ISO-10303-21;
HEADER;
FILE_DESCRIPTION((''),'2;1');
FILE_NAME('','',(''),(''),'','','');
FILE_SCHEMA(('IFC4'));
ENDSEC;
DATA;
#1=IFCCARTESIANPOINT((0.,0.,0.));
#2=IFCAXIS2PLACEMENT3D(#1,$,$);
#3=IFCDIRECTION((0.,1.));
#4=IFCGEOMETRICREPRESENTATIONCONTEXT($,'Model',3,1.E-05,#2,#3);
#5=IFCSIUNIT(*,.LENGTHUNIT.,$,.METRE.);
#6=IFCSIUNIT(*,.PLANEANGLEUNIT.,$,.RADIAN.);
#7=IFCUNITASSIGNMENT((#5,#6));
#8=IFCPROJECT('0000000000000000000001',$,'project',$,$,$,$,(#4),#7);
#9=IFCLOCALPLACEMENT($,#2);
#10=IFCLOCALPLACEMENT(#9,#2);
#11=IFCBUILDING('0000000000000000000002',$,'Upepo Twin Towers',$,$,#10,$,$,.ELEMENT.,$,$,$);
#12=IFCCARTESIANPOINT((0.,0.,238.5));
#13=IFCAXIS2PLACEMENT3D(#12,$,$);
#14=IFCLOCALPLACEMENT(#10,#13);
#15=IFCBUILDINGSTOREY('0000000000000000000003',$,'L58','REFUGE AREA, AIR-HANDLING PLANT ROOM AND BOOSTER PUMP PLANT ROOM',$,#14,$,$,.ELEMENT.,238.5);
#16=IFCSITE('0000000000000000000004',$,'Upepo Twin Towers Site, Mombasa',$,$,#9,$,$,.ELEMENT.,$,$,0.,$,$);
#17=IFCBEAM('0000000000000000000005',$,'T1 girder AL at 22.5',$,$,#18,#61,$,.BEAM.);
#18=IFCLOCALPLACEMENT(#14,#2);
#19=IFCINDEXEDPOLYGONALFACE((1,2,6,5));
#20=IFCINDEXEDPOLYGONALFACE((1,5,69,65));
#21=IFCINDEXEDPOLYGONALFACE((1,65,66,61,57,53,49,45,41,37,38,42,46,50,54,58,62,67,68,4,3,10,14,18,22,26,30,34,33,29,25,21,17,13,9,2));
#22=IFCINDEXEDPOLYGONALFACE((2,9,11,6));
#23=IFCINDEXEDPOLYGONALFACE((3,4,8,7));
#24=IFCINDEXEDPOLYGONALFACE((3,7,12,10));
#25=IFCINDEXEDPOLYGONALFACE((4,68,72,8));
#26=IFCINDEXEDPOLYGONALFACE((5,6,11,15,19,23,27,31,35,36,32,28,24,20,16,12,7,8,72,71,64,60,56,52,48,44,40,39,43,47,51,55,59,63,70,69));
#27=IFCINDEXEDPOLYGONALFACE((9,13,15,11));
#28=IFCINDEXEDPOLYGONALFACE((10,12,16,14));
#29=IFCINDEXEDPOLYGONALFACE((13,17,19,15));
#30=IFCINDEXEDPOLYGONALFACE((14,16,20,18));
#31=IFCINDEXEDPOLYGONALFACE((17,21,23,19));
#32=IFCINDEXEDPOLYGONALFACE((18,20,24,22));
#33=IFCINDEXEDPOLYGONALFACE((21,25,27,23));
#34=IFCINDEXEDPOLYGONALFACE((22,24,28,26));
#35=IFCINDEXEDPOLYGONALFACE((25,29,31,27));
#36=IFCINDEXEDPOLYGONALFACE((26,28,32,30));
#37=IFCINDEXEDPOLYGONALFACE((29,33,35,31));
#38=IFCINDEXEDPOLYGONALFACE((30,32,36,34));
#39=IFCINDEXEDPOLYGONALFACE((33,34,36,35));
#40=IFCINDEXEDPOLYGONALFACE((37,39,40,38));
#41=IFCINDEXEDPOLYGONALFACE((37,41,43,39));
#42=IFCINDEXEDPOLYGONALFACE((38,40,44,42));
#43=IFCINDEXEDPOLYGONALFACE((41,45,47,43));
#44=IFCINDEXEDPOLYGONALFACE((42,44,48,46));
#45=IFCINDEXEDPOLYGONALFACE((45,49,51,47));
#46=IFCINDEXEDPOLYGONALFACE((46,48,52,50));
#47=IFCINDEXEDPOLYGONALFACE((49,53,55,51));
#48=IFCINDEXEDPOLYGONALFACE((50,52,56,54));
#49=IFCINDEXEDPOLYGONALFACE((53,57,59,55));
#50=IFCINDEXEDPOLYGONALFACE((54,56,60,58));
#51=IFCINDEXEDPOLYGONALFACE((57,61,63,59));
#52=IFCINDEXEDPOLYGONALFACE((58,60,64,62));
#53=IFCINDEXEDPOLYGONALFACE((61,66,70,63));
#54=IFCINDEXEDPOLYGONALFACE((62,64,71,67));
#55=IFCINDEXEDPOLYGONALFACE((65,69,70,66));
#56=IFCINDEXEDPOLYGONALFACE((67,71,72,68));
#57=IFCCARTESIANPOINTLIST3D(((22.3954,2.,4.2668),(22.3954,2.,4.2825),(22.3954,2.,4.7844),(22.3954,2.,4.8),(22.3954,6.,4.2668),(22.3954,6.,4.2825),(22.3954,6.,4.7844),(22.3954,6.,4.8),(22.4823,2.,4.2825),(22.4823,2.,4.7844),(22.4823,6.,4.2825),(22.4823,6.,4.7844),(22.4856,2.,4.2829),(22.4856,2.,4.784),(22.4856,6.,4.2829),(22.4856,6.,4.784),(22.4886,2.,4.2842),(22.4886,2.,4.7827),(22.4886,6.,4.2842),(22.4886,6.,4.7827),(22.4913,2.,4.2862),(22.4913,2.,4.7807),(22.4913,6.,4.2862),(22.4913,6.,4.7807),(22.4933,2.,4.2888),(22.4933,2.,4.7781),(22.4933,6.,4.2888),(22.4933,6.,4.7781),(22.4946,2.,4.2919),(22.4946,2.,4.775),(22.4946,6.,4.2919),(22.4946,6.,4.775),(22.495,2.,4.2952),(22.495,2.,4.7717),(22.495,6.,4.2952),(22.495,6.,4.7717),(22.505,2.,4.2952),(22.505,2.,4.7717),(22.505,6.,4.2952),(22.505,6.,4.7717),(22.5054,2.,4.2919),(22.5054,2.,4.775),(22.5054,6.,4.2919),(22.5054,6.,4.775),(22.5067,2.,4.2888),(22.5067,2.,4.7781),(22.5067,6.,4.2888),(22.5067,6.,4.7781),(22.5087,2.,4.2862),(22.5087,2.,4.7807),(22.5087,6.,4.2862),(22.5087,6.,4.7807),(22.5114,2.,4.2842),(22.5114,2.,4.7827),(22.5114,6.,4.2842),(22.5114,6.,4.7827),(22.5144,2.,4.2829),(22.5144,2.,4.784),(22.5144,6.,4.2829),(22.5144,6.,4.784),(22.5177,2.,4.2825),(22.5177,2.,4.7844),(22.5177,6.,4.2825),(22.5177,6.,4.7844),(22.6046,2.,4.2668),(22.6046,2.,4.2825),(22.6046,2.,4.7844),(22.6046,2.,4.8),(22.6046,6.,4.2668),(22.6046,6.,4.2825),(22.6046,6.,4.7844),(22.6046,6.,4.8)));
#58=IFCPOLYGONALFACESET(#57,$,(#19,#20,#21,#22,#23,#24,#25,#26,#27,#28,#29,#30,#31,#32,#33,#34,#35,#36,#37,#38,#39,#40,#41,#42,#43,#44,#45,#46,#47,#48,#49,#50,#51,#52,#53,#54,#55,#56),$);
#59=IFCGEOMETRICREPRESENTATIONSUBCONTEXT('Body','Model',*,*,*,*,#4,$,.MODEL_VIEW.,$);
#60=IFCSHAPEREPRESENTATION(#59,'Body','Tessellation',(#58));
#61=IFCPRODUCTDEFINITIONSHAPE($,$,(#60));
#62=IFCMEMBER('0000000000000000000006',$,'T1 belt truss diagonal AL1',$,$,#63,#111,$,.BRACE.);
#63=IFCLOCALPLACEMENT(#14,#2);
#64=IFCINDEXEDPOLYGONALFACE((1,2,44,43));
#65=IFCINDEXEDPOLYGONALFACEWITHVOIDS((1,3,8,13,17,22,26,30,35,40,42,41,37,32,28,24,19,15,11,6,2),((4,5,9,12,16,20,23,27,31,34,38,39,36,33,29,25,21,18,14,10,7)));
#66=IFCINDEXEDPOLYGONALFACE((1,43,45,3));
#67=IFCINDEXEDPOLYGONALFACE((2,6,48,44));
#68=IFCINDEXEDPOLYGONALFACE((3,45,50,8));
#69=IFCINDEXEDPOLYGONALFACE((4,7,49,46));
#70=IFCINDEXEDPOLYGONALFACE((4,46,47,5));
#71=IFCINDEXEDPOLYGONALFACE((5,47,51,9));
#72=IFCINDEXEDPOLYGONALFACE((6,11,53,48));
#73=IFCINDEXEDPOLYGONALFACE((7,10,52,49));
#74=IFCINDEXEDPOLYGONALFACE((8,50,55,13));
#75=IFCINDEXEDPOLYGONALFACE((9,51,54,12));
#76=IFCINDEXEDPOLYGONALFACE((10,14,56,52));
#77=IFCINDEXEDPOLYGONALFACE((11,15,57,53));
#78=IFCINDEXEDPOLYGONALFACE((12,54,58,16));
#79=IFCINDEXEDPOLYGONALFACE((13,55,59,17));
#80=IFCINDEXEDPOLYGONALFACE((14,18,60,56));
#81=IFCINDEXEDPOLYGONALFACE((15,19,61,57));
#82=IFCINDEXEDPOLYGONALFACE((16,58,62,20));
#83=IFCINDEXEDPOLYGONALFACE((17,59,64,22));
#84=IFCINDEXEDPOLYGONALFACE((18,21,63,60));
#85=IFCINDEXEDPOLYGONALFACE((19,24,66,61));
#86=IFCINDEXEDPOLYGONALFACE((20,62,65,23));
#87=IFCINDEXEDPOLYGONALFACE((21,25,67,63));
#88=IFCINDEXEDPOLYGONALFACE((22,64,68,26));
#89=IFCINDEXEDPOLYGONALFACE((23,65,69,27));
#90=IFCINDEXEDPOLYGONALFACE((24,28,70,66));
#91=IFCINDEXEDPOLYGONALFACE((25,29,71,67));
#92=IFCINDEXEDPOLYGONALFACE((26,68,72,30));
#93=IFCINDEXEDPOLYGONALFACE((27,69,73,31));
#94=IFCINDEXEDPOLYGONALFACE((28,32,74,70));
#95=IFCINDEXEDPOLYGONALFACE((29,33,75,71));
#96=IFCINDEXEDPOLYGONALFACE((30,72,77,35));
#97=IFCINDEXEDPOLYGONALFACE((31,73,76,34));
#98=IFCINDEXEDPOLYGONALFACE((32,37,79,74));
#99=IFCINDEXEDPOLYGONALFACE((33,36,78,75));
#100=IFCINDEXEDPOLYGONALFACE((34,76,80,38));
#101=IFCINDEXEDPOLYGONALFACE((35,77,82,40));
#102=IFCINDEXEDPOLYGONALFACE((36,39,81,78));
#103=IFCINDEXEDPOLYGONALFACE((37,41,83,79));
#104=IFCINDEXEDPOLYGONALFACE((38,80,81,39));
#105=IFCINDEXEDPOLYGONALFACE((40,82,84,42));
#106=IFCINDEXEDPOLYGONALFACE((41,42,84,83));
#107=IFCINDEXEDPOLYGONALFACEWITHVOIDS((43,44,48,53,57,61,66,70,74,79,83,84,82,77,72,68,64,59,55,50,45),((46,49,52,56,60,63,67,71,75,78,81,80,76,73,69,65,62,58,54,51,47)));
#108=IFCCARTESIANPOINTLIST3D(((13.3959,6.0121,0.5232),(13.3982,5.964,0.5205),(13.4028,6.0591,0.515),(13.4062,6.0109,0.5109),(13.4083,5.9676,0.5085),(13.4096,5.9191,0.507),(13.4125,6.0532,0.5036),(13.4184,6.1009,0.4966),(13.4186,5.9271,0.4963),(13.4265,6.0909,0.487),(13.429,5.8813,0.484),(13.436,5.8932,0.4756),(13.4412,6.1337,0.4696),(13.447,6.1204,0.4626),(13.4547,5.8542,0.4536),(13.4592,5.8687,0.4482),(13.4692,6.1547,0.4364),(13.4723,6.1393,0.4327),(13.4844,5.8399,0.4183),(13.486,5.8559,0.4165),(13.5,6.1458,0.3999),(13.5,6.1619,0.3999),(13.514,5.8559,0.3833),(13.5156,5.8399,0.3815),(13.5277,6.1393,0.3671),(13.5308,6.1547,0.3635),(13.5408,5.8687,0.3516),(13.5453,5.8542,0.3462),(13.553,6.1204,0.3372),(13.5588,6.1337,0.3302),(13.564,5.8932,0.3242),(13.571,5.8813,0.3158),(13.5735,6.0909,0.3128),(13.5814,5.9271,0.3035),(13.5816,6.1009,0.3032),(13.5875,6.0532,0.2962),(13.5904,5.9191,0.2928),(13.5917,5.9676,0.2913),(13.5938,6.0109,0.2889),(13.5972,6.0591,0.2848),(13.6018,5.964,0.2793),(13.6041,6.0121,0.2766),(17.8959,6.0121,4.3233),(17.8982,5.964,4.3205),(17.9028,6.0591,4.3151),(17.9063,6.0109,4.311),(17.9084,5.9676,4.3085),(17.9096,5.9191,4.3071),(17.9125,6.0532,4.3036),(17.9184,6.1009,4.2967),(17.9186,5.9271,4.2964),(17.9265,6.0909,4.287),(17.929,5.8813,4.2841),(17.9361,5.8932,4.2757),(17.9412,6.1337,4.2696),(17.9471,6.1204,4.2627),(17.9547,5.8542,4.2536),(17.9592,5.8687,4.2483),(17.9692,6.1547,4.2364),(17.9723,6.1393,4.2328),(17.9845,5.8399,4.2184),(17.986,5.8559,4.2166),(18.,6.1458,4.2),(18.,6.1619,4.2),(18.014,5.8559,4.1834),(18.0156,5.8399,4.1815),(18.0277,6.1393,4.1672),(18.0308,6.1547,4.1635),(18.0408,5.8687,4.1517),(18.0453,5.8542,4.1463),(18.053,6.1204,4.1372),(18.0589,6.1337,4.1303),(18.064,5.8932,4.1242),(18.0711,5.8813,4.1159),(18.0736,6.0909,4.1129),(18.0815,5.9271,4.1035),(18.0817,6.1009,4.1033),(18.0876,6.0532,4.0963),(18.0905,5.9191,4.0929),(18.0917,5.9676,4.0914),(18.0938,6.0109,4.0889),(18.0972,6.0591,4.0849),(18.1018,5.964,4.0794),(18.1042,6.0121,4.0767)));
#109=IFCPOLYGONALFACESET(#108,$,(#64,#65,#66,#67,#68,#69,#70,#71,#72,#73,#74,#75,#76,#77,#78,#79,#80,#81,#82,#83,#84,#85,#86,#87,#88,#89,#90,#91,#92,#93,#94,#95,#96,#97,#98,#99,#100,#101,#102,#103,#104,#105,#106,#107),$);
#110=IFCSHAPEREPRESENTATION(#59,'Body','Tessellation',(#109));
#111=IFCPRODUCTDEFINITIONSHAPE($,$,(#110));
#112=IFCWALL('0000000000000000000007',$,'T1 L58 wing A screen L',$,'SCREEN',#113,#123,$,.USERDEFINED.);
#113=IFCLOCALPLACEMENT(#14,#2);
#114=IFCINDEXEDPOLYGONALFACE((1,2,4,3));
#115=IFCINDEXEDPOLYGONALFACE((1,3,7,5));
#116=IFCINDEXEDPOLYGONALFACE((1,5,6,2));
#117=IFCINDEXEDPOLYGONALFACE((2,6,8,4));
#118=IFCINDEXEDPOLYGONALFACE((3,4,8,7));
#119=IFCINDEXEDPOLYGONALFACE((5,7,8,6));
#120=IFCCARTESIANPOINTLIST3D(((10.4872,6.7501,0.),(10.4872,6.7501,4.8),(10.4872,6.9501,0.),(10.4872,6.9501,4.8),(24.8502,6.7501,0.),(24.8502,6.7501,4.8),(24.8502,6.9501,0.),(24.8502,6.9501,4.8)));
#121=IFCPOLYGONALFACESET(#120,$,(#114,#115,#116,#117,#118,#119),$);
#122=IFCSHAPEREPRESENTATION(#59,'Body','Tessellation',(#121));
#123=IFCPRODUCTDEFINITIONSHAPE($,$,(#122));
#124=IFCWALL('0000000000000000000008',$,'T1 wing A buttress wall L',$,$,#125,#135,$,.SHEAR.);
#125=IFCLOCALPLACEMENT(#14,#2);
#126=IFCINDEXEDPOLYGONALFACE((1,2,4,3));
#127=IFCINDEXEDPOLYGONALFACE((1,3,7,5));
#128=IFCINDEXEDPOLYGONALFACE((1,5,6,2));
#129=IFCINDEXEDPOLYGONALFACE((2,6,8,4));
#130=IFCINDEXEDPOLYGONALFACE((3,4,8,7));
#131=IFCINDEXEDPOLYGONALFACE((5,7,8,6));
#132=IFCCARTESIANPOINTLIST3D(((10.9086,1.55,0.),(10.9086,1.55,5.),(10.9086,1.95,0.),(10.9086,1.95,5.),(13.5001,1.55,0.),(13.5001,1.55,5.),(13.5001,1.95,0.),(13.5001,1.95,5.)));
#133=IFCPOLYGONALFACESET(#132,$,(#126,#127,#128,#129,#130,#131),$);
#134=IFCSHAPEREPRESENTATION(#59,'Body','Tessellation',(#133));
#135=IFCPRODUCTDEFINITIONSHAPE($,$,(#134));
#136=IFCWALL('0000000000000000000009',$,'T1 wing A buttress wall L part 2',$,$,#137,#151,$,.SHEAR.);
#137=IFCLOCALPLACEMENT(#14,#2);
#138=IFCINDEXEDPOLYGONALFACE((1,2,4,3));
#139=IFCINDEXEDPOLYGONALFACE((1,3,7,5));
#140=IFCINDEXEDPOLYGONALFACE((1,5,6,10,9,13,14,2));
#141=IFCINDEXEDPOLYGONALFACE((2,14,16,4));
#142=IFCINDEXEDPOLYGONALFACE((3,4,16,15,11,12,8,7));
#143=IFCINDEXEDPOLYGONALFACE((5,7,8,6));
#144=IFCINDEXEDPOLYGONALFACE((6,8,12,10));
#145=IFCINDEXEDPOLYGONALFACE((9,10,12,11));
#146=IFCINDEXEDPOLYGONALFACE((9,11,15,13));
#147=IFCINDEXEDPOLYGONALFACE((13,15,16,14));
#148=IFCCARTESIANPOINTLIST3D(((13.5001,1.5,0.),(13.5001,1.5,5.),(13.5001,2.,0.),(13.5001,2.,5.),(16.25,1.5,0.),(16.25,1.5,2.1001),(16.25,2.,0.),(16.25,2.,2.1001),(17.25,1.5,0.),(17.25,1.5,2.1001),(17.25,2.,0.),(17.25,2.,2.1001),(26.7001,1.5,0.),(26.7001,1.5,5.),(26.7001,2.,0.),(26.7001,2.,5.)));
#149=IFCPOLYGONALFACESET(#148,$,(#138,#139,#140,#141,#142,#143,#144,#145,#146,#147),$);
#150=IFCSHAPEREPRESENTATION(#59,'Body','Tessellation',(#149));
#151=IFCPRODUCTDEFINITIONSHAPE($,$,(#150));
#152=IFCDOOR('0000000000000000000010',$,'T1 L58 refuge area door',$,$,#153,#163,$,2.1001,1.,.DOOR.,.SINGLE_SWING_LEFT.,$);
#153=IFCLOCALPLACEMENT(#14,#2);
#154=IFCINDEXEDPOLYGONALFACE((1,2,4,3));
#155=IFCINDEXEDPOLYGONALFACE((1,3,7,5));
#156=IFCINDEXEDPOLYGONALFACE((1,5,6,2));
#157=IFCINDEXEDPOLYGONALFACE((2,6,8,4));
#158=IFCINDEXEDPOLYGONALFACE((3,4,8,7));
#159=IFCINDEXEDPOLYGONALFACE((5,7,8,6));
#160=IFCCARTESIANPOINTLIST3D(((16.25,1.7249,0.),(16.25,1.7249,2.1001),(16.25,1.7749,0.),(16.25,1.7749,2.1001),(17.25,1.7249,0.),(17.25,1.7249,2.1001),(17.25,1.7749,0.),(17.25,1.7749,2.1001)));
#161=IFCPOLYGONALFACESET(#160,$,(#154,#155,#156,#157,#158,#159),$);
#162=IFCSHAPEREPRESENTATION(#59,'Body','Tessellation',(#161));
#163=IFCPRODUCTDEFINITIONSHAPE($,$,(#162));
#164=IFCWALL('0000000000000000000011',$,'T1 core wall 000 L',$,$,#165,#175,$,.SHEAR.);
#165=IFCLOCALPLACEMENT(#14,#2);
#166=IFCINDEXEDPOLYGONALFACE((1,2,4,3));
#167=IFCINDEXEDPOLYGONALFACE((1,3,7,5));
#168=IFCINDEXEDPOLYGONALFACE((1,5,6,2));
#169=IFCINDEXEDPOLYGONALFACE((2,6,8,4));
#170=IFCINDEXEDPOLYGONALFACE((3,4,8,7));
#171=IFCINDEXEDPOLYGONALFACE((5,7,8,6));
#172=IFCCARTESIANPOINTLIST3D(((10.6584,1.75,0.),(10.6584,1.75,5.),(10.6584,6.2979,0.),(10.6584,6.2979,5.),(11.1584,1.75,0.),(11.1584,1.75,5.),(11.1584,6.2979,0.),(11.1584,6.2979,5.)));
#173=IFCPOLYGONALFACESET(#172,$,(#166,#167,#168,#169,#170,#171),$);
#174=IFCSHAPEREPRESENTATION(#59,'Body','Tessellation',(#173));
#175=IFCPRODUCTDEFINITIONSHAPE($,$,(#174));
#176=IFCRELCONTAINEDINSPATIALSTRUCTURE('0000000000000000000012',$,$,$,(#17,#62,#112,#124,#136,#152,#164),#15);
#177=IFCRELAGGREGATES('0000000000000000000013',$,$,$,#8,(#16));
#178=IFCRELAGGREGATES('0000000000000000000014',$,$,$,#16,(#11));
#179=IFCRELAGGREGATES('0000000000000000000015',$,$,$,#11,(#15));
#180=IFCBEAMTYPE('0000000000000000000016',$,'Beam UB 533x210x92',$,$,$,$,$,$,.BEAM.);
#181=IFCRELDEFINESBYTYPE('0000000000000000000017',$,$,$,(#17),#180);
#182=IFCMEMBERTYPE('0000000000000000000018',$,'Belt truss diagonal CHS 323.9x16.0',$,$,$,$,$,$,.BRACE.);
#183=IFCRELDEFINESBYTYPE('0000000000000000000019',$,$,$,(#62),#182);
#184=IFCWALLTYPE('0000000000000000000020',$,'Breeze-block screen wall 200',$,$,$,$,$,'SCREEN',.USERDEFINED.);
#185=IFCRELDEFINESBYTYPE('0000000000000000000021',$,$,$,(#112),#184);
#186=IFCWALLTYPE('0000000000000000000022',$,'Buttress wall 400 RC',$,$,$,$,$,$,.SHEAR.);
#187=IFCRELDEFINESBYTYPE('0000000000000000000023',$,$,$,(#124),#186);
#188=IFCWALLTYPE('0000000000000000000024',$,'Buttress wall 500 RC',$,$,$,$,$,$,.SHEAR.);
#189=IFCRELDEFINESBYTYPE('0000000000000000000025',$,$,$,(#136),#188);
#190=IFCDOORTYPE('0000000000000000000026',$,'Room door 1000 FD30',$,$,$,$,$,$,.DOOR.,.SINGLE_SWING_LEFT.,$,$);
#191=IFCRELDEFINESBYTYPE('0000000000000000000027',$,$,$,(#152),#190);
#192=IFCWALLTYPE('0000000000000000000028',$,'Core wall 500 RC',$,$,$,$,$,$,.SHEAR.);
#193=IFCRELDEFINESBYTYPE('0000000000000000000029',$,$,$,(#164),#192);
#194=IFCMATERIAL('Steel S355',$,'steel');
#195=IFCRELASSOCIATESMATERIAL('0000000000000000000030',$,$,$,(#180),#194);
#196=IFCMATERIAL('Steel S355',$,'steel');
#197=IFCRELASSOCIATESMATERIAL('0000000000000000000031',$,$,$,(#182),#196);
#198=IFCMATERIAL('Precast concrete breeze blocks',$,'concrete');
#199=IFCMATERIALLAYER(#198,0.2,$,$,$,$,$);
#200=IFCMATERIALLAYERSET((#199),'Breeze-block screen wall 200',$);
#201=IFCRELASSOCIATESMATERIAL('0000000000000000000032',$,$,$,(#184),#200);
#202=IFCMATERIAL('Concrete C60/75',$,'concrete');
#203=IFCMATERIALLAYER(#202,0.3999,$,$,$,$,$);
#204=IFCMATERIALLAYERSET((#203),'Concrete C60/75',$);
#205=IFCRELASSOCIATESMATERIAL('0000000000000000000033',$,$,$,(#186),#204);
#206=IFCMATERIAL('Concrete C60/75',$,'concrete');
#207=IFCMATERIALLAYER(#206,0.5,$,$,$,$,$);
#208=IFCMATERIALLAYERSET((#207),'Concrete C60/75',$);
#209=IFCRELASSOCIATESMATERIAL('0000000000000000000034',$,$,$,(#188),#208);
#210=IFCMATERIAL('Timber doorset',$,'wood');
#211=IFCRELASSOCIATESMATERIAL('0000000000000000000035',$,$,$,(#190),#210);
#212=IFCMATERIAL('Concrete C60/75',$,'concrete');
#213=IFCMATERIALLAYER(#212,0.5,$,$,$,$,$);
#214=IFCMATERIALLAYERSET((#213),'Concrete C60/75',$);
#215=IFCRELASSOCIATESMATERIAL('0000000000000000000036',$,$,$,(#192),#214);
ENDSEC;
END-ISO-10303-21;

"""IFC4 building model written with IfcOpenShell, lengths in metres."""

from ifc_helpers import new_model, si_unit, direction, frame, frame_2d, origin, origin_2d, place, context, subcontext, project, spatial, rectangle, hollow_circle, i_section, extrude, material, layer, layer_set, material_profile, profile_set, type_object, element, fill, save


model = new_model("IFC4")

# Units and contexts
model_context = context("Model", 3, precision=1e-05, world=origin(), true_north=direction((0.0, 1.0)))
body_context = subcontext(model_context, "Body", "Model", "MODEL_VIEW")
ifc_project = project(units=[si_unit("LENGTHUNIT", "METRE"), si_unit("PLANEANGLEUNIT", "RADIAN")], contexts=[model_context])

# Site, building, storey
site_placement = place(None, origin())
site = spatial("IfcSite", under=ifc_project, at=site_placement, Name="Upepo Twin Towers Site, Mombasa", CompositionType="ELEMENT", RefElevation=0.0)
building_placement = place(site_placement, origin())
building = spatial("IfcBuilding", under=site, at=building_placement, Name="Upepo Twin Towers", CompositionType="ELEMENT")
storey_placement = place(building_placement, frame((0.0, 0.0, 238.5)))
storey = spatial("IfcBuildingStorey", under=building, at=storey_placement, Name="L58", Description="REFUGE AREA, AIR-HANDLING PLANT ROOM AND BOOSTER PUMP PLANT ROOM", CompositionType="ELEMENT", Elevation=238.5)

# Beam
ifc_material_1 = material(Name="Steel S355", Category="steel")
ifc_material_profile_1 = material_profile(ifc_material_1, i_section(OverallWidth=0.2092, OverallDepth=0.5332, WebThickness=0.01, FlangeThickness=0.0156, FilletRadius=0.0127, at=origin_2d()), Name="UB 533x210x92")
ifc_profile_set_1 = profile_set([ifc_material_profile_1], Name="Steel S355")
beam_type_1 = type_object("IfcBeamType", Name="Beam UB 533x210x92", PredefinedType="BEAM", material=ifc_profile_set_1)
for number, where, z_axis, x_axis, name in (
    (1, (22.5, 6.0, 4.5334), (0.0, -1.0, 0.0), (1.0, 0.0, 0.0), "T1 girder AL at 22.5"),
):
    element("IfcBeam", number, at=place(storey_placement, frame(where, z_axis=z_axis, x_axis=x_axis)), inside=storey, type_object=beam_type_1, Name=name, PredefinedType="BEAM", context=body_context, shape_type="SweptSolid", body=[
        extrude(i_section(OverallWidth=0.2092, OverallDepth=0.5332, WebThickness=0.01, FlangeThickness=0.0156, FilletRadius=0.0127, at=origin_2d()), origin(), (0.0, 0.0, 1.0), 4.0),
    ])

# Member
ifc_material_2 = material(Name="Steel S355", Category="steel")
ifc_material_profile_2 = material_profile(ifc_material_2, hollow_circle(Radius=0.1619, WallThickness=0.0161, at=origin_2d()), Name="CHS 323.9x16.0")
ifc_profile_set_2 = profile_set([ifc_material_profile_2], Name="Steel S355")
member_type = type_object("IfcMemberType", Name="Belt truss diagonal CHS 323.9x16.0", PredefinedType="BRACE", material=ifc_profile_set_2)
member_placement = place(storey_placement, frame((13.5, 6.0, 0.3999), z_axis=(0.764026, 0.0, 0.645186), x_axis=(0.0, 1.0, 0.0)))
element("IfcMember", 2, at=member_placement, inside=storey, type_object=member_type, Name="T1 belt truss diagonal AL1", PredefinedType="BRACE", context=body_context, shape_type="SweptSolid", body=[
    extrude(hollow_circle(Radius=0.1619, WallThickness=0.0161, at=origin_2d()), origin(), (0.0, 0.0, 1.0), 5.8899),
])

# Walls
ifc_material_3 = material(Name="Precast concrete breeze blocks", Category="concrete")
ifc_layer_1 = layer(ifc_material_3, 0.2)
ifc_layer_set_1 = layer_set([ifc_layer_1], Name="Breeze-block screen wall 200")
wall_type_1 = type_object("IfcWallType", Name="Breeze-block screen wall 200", ElementType="SCREEN", PredefinedType="USERDEFINED", material=ifc_layer_set_1)
wall_1_placement = place(storey_placement, frame((10.4871, 6.8501, 0.0), z_axis=(0.0, 0.0, 1.0), x_axis=(1.0, 0.0, 0.0)))
element("IfcWall", 3, at=wall_1_placement, inside=storey, type_object=wall_type_1, Name="T1 L58 wing A screen L", ObjectType="SCREEN", PredefinedType="USERDEFINED", context=body_context, shape_type="SweptSolid", body=[
    extrude(rectangle(XDim=14.363, YDim=0.2, at=frame_2d((7.1816, 0.0))), origin(), (0.0, 0.0, 1.0), 4.8),
])
ifc_material_4 = material(Name="Concrete C60/75", Category="concrete")
ifc_layer_2 = layer(ifc_material_4, 0.3999)
ifc_layer_set_2 = layer_set([ifc_layer_2], Name="Concrete C60/75")
wall_type_2 = type_object("IfcWallType", Name="Buttress wall 400 RC", PredefinedType="SHEAR", material=ifc_layer_set_2)
wall_2_placement = place(storey_placement, frame((10.9084, 1.75, 0.0), z_axis=(0.0, 0.0, 1.0), x_axis=(1.0, 0.0, 0.0)))
element("IfcWall", 4, at=wall_2_placement, inside=storey, type_object=wall_type_2, Name="T1 wing A buttress wall L", PredefinedType="SHEAR", context=body_context, shape_type="SweptSolid", body=[
    extrude(rectangle(XDim=2.5916, YDim=0.3999, at=frame_2d((1.2959, 0.0))), origin(), (0.0, 0.0, 1.0), 5.0),
])

# Wall, opening, door
ifc_material_5 = material(Name="Concrete C60/75", Category="concrete")
ifc_layer_3 = layer(ifc_material_5, 0.5)
ifc_layer_set_3 = layer_set([ifc_layer_3], Name="Concrete C60/75")
wall_type_3 = type_object("IfcWallType", Name="Buttress wall 500 RC", PredefinedType="SHEAR", material=ifc_layer_set_3)
wall_3_placement = place(storey_placement, frame((13.5, 1.75, 0.0), z_axis=(0.0, 0.0, 1.0), x_axis=(1.0, 0.0, 0.0)))
wall_3 = element("IfcWall", 5, at=wall_3_placement, inside=storey, type_object=wall_type_3, Name="T1 wing A buttress wall L part 2", PredefinedType="SHEAR", context=body_context, shape_type="SweptSolid", body=[
    extrude(rectangle(XDim=13.2, YDim=0.5, at=frame_2d((6.6001, 0.0))), origin(), (0.0, 0.0, 1.0), 5.0),
])
opening_1_placement = place(wall_3_placement, frame((2.75, 0.0, 0.0)))
opening_1 = element("IfcOpeningElement", 6, at=opening_1_placement, cuts=wall_3, PredefinedType="OPENING", context=body_context, shape_type="SweptSolid", body=[
    extrude(rectangle(XDim=1.0, YDim=2.1001, at=frame_2d((0.5, 1.05))), frame((0.0, 0.26, 0.0), z_axis=(0.0, -1.0, 0.0), x_axis=(1.0, 0.0, 0.0)), (0.0, 0.0, 1.0), 0.52),
])
ifc_material_6 = material(Name="Timber doorset", Category="wood")
door_type_1 = type_object("IfcDoorType", Name="Room door 1000 FD30", OperationType="SINGLE_SWING_LEFT", PredefinedType="DOOR", material=ifc_material_6)
door_1_placement = place(opening_1_placement, origin())
door_1 = element("IfcDoor", 7, at=door_1_placement, inside=storey, type_object=door_type_1, Name="T1 L58 refuge area door", OperationType="SINGLE_SWING_LEFT", OverallHeight=2.1001, OverallWidth=1.0, PredefinedType="DOOR", context=body_context, shape_type="SweptSolid", body=[
    extrude(rectangle(XDim=1.0, YDim=2.1001, at=frame_2d((0.5, 1.05))), frame((0.0, 0.0249, 0.0), z_axis=(0.0, -1.0, 0.0), x_axis=(1.0, 0.0, 0.0)), (0.0, 0.0, 1.0), 0.05),
])
fill(opening_1, door_1)

# Wall
ifc_material_7 = material(Name="Concrete C60/75", Category="concrete")
ifc_layer_4 = layer(ifc_material_7, 0.5)
ifc_layer_set_4 = layer_set([ifc_layer_4], Name="Concrete C60/75")
wall_type_4 = type_object("IfcWallType", Name="Core wall 500 RC", PredefinedType="SHEAR", material=ifc_layer_set_4)
wall_4_placement = place(storey_placement, frame((10.9084, 1.75, 0.0), z_axis=(0.0, 0.0, 1.0), x_axis=(0.0, 1.0, 0.0)))
element("IfcWall", 8, at=wall_4_placement, inside=storey, type_object=wall_type_4, Name="T1 core wall 000 L", PredefinedType="SHEAR", context=body_context, shape_type="SweptSolid", body=[
    extrude(rectangle(XDim=4.5479, YDim=0.5, at=frame_2d((2.2739, 0.0))), origin(), (0.0, 0.0, 1.0), 5.0),
])

save(model, "model.ifc")
